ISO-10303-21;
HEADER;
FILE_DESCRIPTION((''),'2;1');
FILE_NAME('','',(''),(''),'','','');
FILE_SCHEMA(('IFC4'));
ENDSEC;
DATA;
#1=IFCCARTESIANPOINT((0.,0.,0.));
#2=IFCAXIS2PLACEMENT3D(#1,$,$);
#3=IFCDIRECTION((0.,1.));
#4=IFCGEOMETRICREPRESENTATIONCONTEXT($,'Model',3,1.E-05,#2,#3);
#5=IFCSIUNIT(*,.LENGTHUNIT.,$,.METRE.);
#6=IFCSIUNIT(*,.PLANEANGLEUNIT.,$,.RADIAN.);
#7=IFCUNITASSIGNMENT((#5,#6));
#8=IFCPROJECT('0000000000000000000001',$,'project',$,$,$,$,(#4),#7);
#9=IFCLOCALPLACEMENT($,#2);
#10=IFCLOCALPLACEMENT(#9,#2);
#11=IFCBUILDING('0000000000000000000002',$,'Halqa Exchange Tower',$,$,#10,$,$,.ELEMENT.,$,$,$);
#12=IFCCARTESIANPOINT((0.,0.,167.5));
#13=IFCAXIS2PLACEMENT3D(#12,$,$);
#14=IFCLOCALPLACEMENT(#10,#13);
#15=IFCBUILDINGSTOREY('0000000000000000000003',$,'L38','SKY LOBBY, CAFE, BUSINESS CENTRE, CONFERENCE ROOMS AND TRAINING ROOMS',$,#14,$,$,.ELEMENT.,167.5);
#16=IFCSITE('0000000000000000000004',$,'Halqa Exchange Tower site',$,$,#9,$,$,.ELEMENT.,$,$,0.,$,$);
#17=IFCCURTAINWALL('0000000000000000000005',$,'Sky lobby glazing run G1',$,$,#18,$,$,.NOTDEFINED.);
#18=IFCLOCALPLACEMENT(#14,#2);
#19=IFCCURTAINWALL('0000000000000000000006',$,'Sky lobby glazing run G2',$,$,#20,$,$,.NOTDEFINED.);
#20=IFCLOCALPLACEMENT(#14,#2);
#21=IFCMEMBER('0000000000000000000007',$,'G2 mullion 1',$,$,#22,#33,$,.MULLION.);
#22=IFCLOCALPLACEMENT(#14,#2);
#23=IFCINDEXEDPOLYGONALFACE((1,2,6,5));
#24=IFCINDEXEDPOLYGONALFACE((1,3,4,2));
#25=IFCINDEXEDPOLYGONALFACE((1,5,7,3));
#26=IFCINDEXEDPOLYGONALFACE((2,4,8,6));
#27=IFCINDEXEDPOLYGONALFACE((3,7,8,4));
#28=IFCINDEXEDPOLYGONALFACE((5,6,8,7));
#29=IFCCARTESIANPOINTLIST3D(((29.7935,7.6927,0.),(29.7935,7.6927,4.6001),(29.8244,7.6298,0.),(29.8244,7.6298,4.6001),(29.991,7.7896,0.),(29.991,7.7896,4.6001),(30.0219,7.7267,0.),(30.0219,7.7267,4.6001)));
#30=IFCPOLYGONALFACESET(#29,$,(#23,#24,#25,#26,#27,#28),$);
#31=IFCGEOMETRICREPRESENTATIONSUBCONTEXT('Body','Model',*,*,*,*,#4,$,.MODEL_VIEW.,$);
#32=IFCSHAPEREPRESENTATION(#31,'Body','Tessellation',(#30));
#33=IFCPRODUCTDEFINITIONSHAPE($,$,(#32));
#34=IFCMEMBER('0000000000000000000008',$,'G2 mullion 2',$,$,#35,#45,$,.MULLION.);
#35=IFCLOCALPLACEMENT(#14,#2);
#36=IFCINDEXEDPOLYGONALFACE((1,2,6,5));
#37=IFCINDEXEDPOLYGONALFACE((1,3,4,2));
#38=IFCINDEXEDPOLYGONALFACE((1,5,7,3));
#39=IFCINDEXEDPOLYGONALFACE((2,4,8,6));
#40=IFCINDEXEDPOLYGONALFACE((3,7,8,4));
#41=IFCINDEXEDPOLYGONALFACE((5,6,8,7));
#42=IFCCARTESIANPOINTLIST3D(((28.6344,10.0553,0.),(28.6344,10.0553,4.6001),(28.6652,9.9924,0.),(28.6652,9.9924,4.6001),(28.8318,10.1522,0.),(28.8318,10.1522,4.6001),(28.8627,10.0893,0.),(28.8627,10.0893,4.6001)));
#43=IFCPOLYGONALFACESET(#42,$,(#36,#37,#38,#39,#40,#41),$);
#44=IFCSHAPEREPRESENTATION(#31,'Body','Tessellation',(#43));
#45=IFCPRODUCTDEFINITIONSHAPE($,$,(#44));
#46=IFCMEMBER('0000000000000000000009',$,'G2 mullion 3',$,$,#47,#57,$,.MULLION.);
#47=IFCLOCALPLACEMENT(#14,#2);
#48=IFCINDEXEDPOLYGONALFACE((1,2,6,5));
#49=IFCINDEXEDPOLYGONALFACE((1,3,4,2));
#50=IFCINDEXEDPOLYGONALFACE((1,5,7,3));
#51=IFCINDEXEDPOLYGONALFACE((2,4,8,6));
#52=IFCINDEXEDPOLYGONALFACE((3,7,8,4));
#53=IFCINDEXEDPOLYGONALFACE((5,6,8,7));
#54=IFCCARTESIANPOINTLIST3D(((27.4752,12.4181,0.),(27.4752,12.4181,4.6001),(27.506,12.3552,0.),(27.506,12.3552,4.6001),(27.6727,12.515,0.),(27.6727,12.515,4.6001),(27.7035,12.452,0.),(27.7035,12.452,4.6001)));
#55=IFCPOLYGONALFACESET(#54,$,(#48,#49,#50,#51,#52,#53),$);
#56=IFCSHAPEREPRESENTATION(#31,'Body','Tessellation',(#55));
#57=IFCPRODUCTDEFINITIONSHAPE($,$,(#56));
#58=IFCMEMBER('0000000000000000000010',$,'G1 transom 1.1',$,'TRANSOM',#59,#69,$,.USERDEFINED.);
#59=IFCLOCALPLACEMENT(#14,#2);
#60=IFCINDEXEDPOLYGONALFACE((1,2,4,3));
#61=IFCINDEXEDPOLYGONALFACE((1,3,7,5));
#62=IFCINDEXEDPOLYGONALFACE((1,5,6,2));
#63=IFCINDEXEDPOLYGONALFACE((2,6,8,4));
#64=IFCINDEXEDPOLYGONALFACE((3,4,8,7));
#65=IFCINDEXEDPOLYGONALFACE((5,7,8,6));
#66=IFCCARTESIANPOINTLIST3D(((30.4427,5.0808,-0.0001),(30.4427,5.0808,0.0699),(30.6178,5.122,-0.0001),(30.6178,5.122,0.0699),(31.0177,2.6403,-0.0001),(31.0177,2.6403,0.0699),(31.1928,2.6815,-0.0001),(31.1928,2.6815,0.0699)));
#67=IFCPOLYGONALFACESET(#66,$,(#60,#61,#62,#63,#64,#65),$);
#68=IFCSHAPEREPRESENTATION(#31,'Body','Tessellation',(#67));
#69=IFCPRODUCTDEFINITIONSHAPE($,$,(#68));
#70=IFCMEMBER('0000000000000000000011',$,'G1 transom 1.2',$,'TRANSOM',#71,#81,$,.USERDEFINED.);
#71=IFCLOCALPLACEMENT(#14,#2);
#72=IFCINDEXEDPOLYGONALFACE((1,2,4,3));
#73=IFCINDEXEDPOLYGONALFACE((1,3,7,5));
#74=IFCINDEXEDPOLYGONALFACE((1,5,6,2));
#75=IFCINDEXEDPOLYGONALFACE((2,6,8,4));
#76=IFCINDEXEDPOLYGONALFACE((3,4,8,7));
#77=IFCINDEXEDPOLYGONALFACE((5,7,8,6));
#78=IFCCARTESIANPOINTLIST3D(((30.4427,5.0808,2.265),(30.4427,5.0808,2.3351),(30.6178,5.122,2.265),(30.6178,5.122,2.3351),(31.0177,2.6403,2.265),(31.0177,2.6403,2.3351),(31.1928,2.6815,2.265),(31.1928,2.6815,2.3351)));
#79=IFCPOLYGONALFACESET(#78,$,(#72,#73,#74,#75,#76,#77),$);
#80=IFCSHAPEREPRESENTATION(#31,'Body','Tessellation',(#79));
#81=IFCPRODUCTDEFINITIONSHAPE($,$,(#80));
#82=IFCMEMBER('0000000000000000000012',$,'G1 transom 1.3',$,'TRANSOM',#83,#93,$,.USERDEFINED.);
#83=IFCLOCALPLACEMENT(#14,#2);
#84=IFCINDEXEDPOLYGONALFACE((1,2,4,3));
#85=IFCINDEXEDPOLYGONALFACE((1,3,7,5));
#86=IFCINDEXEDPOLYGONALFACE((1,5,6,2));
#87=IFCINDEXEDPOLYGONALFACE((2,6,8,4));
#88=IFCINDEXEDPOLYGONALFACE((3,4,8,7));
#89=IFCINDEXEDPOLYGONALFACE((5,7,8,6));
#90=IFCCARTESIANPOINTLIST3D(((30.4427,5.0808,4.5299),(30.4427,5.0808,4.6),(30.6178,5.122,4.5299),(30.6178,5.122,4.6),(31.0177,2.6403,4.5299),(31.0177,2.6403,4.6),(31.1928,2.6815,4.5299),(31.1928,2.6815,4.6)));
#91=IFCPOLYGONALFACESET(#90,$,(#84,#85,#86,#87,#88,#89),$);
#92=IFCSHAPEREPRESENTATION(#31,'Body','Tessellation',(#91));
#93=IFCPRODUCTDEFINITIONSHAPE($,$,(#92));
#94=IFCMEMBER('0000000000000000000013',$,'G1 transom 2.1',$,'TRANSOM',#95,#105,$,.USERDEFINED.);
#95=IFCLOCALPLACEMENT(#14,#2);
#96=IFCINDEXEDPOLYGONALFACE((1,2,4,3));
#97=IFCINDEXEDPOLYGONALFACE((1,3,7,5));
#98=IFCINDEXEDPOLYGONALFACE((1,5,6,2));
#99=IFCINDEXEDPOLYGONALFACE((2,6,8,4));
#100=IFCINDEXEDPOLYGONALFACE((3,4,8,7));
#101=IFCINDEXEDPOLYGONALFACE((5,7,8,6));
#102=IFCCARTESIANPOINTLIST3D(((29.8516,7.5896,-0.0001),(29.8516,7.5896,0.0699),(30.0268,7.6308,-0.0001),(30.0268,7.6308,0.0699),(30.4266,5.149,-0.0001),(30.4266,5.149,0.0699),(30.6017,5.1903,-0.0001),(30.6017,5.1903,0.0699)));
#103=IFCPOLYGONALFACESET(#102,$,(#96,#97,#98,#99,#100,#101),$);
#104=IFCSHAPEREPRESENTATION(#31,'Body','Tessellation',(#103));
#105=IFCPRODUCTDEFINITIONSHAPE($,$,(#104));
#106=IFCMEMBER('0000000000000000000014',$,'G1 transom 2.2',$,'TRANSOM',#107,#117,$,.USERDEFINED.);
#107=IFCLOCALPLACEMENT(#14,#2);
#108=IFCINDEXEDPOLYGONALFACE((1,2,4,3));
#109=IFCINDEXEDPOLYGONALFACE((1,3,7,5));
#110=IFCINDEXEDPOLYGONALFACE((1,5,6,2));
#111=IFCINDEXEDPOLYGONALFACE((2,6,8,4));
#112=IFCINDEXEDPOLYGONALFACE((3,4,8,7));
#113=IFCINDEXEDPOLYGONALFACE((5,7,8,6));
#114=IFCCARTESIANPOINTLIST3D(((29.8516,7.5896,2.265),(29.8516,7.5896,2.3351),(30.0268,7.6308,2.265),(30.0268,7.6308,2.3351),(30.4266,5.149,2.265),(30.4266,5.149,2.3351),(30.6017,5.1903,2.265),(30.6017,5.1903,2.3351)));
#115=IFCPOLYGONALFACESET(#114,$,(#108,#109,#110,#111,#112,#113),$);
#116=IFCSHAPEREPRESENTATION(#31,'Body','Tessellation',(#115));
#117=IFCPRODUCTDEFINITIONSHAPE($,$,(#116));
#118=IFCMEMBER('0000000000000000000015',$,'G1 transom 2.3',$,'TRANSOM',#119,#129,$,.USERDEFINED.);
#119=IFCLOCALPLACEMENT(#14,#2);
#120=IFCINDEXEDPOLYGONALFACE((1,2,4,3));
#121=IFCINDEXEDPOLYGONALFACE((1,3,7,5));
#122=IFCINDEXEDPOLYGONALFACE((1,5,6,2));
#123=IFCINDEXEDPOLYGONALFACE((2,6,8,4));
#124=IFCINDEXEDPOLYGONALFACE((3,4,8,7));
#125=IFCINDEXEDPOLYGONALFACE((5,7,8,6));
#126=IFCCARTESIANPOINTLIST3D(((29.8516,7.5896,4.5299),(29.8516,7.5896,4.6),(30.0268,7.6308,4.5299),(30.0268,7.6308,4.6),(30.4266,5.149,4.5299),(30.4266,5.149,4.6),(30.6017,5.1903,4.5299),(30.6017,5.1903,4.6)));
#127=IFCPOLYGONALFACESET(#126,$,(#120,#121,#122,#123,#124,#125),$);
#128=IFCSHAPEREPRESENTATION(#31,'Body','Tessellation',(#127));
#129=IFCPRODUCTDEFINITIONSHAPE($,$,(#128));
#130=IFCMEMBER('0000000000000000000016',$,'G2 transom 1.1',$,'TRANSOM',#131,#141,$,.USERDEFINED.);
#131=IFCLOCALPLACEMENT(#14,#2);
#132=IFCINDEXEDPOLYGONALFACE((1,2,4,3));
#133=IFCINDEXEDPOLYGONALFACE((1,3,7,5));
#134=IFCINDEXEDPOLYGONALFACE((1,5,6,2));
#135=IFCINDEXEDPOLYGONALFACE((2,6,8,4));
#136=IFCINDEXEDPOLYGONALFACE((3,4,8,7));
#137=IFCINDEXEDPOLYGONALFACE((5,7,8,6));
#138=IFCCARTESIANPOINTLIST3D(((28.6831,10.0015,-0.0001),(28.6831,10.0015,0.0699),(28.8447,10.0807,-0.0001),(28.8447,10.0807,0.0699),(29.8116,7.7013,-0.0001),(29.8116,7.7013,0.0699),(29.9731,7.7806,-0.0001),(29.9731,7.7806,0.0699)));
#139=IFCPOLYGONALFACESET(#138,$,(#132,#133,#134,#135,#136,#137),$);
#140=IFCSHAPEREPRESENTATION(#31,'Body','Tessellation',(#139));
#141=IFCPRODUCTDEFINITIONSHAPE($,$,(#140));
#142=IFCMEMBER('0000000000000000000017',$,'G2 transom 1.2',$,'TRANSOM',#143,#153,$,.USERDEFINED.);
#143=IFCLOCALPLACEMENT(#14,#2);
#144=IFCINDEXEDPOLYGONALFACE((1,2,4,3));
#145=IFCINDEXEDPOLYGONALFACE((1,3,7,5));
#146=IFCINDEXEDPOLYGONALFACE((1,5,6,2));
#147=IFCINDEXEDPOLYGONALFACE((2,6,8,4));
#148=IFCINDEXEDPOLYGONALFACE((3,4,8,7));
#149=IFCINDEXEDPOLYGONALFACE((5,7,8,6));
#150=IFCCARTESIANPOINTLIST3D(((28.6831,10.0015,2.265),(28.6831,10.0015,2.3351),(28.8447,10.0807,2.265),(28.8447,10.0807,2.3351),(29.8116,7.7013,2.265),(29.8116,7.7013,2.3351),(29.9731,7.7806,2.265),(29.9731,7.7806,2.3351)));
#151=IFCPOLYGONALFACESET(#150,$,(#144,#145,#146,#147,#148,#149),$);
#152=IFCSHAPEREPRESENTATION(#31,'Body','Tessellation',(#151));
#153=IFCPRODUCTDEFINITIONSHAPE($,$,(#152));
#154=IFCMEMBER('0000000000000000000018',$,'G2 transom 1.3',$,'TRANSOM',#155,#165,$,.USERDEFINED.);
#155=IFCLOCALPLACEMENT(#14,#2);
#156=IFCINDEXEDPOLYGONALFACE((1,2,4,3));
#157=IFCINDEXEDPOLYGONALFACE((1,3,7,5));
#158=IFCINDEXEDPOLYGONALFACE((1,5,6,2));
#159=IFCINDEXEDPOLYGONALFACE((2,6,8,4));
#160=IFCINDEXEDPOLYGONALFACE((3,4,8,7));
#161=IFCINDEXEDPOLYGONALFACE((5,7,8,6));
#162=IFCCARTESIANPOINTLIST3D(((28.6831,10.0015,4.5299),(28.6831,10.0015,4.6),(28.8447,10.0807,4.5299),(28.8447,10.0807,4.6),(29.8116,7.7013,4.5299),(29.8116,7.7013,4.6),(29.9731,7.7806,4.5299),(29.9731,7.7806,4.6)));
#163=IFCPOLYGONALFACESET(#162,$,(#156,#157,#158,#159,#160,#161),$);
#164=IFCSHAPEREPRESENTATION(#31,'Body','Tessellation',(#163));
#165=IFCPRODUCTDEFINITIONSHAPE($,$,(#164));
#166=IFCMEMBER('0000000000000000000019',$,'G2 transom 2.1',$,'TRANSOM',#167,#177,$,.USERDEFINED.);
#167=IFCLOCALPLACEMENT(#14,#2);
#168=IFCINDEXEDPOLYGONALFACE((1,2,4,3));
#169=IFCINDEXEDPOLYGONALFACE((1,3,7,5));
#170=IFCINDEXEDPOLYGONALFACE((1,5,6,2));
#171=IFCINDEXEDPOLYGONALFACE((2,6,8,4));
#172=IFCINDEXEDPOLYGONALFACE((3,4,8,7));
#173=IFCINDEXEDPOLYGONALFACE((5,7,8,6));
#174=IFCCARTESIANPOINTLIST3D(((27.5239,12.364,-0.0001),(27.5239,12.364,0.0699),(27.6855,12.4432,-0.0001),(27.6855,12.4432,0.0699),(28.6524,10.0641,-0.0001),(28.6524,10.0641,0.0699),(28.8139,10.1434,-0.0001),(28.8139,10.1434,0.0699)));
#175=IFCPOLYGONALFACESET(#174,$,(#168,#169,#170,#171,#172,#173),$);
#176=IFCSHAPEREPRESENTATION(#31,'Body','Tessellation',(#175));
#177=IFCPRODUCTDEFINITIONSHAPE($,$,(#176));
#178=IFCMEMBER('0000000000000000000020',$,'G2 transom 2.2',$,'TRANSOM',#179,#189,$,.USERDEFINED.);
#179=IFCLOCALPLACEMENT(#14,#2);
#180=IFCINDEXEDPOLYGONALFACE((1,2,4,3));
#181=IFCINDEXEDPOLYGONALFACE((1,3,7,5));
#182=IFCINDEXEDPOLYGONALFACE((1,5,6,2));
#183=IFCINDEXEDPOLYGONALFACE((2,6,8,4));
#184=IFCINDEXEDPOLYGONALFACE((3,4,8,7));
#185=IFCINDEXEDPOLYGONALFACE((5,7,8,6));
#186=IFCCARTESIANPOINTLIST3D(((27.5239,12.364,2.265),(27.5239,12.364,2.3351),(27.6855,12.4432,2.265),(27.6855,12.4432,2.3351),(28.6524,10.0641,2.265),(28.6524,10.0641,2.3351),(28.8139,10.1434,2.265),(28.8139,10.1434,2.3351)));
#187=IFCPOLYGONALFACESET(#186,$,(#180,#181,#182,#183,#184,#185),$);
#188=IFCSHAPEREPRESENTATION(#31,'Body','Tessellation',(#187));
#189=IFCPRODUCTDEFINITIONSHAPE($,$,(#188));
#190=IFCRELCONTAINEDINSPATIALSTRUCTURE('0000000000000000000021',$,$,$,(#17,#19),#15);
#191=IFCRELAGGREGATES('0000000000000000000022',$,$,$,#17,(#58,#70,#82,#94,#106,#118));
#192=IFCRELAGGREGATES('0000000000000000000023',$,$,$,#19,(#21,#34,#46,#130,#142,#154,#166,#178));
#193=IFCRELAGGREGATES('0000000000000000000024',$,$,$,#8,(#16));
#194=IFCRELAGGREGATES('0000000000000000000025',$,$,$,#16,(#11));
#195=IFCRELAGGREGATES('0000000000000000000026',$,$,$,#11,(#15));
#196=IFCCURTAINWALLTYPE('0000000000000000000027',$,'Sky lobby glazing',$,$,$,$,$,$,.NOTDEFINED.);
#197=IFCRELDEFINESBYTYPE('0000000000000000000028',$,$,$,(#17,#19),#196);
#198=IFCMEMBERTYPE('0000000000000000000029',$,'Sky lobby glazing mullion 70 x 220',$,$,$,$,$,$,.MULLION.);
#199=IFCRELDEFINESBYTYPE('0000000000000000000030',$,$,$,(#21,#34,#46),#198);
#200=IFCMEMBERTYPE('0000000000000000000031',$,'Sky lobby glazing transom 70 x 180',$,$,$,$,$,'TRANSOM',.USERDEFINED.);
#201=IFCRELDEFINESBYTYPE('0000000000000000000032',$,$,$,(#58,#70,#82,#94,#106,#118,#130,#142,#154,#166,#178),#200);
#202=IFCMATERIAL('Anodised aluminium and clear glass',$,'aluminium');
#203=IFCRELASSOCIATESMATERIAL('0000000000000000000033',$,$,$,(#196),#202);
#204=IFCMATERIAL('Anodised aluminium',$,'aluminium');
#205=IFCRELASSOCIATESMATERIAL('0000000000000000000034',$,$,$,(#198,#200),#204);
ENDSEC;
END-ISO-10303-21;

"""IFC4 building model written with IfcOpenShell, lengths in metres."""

from ifc_helpers import new_model, si_unit, direction, frame, origin, origin_2d, place, context, subcontext, project, spatial, rectangle, extrude, material, material_profile, profile_set, type_object, element, aggregate, save


model = new_model("IFC4")

# Units and contexts
model_context = context("Model", 3, precision=1e-05, world=origin(), true_north=direction((0.0, 1.0)))
body_context = subcontext(model_context, "Body", "Model", "MODEL_VIEW")
ifc_project = project(units=[si_unit("LENGTHUNIT", "METRE"), si_unit("PLANEANGLEUNIT", "RADIAN")], contexts=[model_context])

# Site, building, storey
site_placement = place(None, origin())
site = spatial("IfcSite", under=ifc_project, at=site_placement, Name="Halqa Exchange Tower site", CompositionType="ELEMENT", RefElevation=0.0)
building_placement = place(site_placement, origin())
building = spatial("IfcBuilding", under=site, at=building_placement, Name="Halqa Exchange Tower", CompositionType="ELEMENT")
storey_placement = place(building_placement, frame((0.0, 0.0, 167.5)))
storey = spatial("IfcBuildingStorey", under=building, at=storey_placement, Name="L38", Description="SKY LOBBY, CAFE, BUSINESS CENTRE, CONFERENCE ROOMS AND TRAINING ROOMS", CompositionType="ELEMENT", Elevation=167.5)

# Curtain walls, members
ifc_material_1 = material(Name="Anodised aluminium and clear glass", Category="aluminium")
curtain_wall_type = type_object("IfcCurtainWallType", Name="Sky lobby glazing", PredefinedType="NOTDEFINED", material=ifc_material_1)
curtain_wall_1_placement = place(storey_placement, origin())
curtain_wall_1 = element("IfcCurtainWall", 1, at=curtain_wall_1_placement, inside=storey, type_object=curtain_wall_type, Name="Sky lobby glazing run G1", PredefinedType="NOTDEFINED")
ifc_material_2 = material(Name="Anodised aluminium", Category="aluminium")
ifc_material_profile_1 = material_profile(ifc_material_2, rectangle(XDim=0.22, YDim=0.0701, at=origin_2d()), Name="AL 70x220")
ifc_profile_set_1 = profile_set([ifc_material_profile_1], Name="Anodised aluminium")
member_type_1 = type_object("IfcMemberType", Name="Sky lobby glazing mullion 70 x 220", PredefinedType="MULLION", material=ifc_profile_set_1)
curtain_wall_2_placement = place(storey_placement, origin())
curtain_wall_2 = element("IfcCurtainWall", 2, at=curtain_wall_2_placement, inside=storey, type_object=curtain_wall_type, Name="Sky lobby glazing run G2", PredefinedType="NOTDEFINED")
member_1_placement = place(storey_placement, frame((29.9077, 7.7097, 0.0), z_axis=(0.0, 0.0, 1.0), x_axis=(-0.89778, -0.440444, 0.0)))
member_1 = element("IfcMember", 3, at=member_1_placement, type_object=member_type_1, Name="G2 mullion 1", PredefinedType="MULLION", context=body_context, shape_type="SweptSolid", body=[
    extrude(rectangle(XDim=0.22, YDim=0.0701, at=origin_2d()), origin(), (0.0, 0.0, 1.0), 4.6001),
])
member_2_placement = place(storey_placement, frame((28.7485, 10.0723, 0.0), z_axis=(0.0, 0.0, 1.0), x_axis=(-0.89778, -0.440444, 0.0)))
member_2 = element("IfcMember", 4, at=member_2_placement, type_object=member_type_1, Name="G2 mullion 2", PredefinedType="MULLION", context=body_context, shape_type="SweptSolid", body=[
    extrude(rectangle(XDim=0.22, YDim=0.0701, at=origin_2d()), origin(), (0.0, 0.0, 1.0), 4.6001),
])
member_3_placement = place(storey_placement, frame((27.5894, 12.4351, 0.0), z_axis=(0.0, 0.0, 1.0), x_axis=(-0.89778, -0.440444, 0.0)))
member_3 = element("IfcMember", 5, at=member_3_placement, type_object=member_type_1, Name="G2 mullion 3", PredefinedType="MULLION", context=body_context, shape_type="SweptSolid", body=[
    extrude(rectangle(XDim=0.22, YDim=0.0701, at=origin_2d()), origin(), (0.0, 0.0, 1.0), 4.6001),
])

# Members
ifc_material_profile_2 = material_profile(ifc_material_2, rectangle(XDim=0.1799, YDim=0.0701, at=origin_2d()), Name="AL 70x180")
ifc_profile_set_2 = profile_set([ifc_material_profile_2], Name="Anodised aluminium")
member_type_2 = type_object("IfcMemberType", Name="Sky lobby glazing transom 70 x 180", ElementType="TRANSOM", PredefinedType="USERDEFINED", material=ifc_profile_set_2)
member_4_placement = place(storey_placement, frame((31.1052, 2.6609, 0.0349), z_axis=(-0.229316, 0.973352, 0.0), x_axis=(-0.973352, -0.229316, 0.0)))
member_4 = element("IfcMember", 6, at=member_4_placement, type_object=member_type_2, Name="G1 transom 1.1", ObjectType="TRANSOM", PredefinedType="USERDEFINED", context=body_context, shape_type="SweptSolid", body=[
    extrude(rectangle(XDim=0.1799, YDim=0.0701, at=origin_2d()), origin(), (0.0, 0.0, 1.0), 2.5073),
])
member_5_placement = place(storey_placement, frame((31.1052, 2.6609, 2.3), z_axis=(-0.229316, 0.973352, 0.0), x_axis=(-0.973352, -0.229316, 0.0)))
member_5 = element("IfcMember", 7, at=member_5_placement, type_object=member_type_2, Name="G1 transom 1.2", ObjectType="TRANSOM", PredefinedType="USERDEFINED", context=body_context, shape_type="SweptSolid", body=[
    extrude(rectangle(XDim=0.1799, YDim=0.0701, at=origin_2d()), origin(), (0.0, 0.0, 1.0), 2.5073),
])
member_6_placement = place(storey_placement, frame((31.1052, 2.6609, 4.5649), z_axis=(-0.229316, 0.973352, 0.0), x_axis=(-0.973352, -0.229316, 0.0)))
member_6 = element("IfcMember", 8, at=member_6_placement, type_object=member_type_2, Name="G1 transom 1.3", ObjectType="TRANSOM", PredefinedType="USERDEFINED", context=body_context, shape_type="SweptSolid", body=[
    extrude(rectangle(XDim=0.1799, YDim=0.0701, at=origin_2d()), origin(), (0.0, 0.0, 1.0), 2.5073),
])
member_7_placement = place(storey_placement, frame((30.5142, 5.1697, 0.0349), z_axis=(-0.229316, 0.973352, 0.0), x_axis=(-0.973352, -0.229316, 0.0)))
member_7 = element("IfcMember", 9, at=member_7_placement, type_object=member_type_2, Name="G1 transom 2.1", ObjectType="TRANSOM", PredefinedType="USERDEFINED", context=body_context, shape_type="SweptSolid", body=[
    extrude(rectangle(XDim=0.1799, YDim=0.0701, at=origin_2d()), origin(), (0.0, 0.0, 1.0), 2.5073),
])
member_8_placement = place(storey_placement, frame((30.5142, 5.1697, 2.3), z_axis=(-0.229316, 0.973352, 0.0), x_axis=(-0.973352, -0.229316, 0.0)))
member_8 = element("IfcMember", 10, at=member_8_placement, type_object=member_type_2, Name="G1 transom 2.2", ObjectType="TRANSOM", PredefinedType="USERDEFINED", context=body_context, shape_type="SweptSolid", body=[
    extrude(rectangle(XDim=0.1799, YDim=0.0701, at=origin_2d()), origin(), (0.0, 0.0, 1.0), 2.5073),
])
member_9_placement = place(storey_placement, frame((30.5142, 5.1697, 4.5649), z_axis=(-0.229316, 0.973352, 0.0), x_axis=(-0.973352, -0.229316, 0.0)))
member_9 = element("IfcMember", 11, at=member_9_placement, type_object=member_type_2, Name="G1 transom 2.3", ObjectType="TRANSOM", PredefinedType="USERDEFINED", context=body_context, shape_type="SweptSolid", body=[
    extrude(rectangle(XDim=0.1799, YDim=0.0701, at=origin_2d()), origin(), (0.0, 0.0, 1.0), 2.5073),
])
member_10_placement = place(storey_placement, frame((29.8923, 7.741, 0.0349), z_axis=(-0.440454, 0.897775, 0.0), x_axis=(-0.897775, -0.440454, 0.0)))
member_10 = element("IfcMember", 12, at=member_10_placement, type_object=member_type_2, Name="G2 transom 1.1", ObjectType="TRANSOM", PredefinedType="USERDEFINED", context=body_context, shape_type="SweptSolid", body=[
    extrude(rectangle(XDim=0.1799, YDim=0.0701, at=origin_2d()), origin(), (0.0, 0.0, 1.0), 2.562),
])
member_11_placement = place(storey_placement, frame((29.8923, 7.741, 2.3), z_axis=(-0.440454, 0.897775, 0.0), x_axis=(-0.897775, -0.440454, 0.0)))
member_11 = element("IfcMember", 13, at=member_11_placement, type_object=member_type_2, Name="G2 transom 1.2", ObjectType="TRANSOM", PredefinedType="USERDEFINED", context=body_context, shape_type="SweptSolid", body=[
    extrude(rectangle(XDim=0.1799, YDim=0.0701, at=origin_2d()), origin(), (0.0, 0.0, 1.0), 2.562),
])
member_12_placement = place(storey_placement, frame((29.8923, 7.741, 4.5649), z_axis=(-0.440454, 0.897775, 0.0), x_axis=(-0.897775, -0.440454, 0.0)))
member_12 = element("IfcMember", 14, at=member_12_placement, type_object=member_type_2, Name="G2 transom 1.3", ObjectType="TRANSOM", PredefinedType="USERDEFINED", context=body_context, shape_type="SweptSolid", body=[
    extrude(rectangle(XDim=0.1799, YDim=0.0701, at=origin_2d()), origin(), (0.0, 0.0, 1.0), 2.562),
])
member_13_placement = place(storey_placement, frame((28.7332, 10.1038, 0.0349), z_axis=(-0.440492, 0.897757, 0.0), x_axis=(-0.897757, -0.440492, 0.0)))
member_13 = element("IfcMember", 15, at=member_13_placement, type_object=member_type_2, Name="G2 transom 2.1", ObjectType="TRANSOM", PredefinedType="USERDEFINED", context=body_context, shape_type="SweptSolid", body=[
    extrude(rectangle(XDim=0.1799, YDim=0.0701, at=origin_2d()), origin(), (0.0, 0.0, 1.0), 2.5618),
])
member_14_placement = place(storey_placement, frame((28.7332, 10.1038, 2.3), z_axis=(-0.440492, 0.897757, 0.0), x_axis=(-0.897757, -0.440492, 0.0)))
member_14 = element("IfcMember", 16, at=member_14_placement, type_object=member_type_2, Name="G2 transom 2.2", ObjectType="TRANSOM", PredefinedType="USERDEFINED", context=body_context, shape_type="SweptSolid", body=[
    extrude(rectangle(XDim=0.1799, YDim=0.0701, at=origin_2d()), origin(), (0.0, 0.0, 1.0), 2.5618),
])

aggregate(curtain_wall_1, [member_4, member_5, member_6, member_7, member_8, member_9])
aggregate(curtain_wall_2, [member_1, member_2, member_3, member_10, member_11, member_12, member_13, member_14])

save(model, "model.ifc")
